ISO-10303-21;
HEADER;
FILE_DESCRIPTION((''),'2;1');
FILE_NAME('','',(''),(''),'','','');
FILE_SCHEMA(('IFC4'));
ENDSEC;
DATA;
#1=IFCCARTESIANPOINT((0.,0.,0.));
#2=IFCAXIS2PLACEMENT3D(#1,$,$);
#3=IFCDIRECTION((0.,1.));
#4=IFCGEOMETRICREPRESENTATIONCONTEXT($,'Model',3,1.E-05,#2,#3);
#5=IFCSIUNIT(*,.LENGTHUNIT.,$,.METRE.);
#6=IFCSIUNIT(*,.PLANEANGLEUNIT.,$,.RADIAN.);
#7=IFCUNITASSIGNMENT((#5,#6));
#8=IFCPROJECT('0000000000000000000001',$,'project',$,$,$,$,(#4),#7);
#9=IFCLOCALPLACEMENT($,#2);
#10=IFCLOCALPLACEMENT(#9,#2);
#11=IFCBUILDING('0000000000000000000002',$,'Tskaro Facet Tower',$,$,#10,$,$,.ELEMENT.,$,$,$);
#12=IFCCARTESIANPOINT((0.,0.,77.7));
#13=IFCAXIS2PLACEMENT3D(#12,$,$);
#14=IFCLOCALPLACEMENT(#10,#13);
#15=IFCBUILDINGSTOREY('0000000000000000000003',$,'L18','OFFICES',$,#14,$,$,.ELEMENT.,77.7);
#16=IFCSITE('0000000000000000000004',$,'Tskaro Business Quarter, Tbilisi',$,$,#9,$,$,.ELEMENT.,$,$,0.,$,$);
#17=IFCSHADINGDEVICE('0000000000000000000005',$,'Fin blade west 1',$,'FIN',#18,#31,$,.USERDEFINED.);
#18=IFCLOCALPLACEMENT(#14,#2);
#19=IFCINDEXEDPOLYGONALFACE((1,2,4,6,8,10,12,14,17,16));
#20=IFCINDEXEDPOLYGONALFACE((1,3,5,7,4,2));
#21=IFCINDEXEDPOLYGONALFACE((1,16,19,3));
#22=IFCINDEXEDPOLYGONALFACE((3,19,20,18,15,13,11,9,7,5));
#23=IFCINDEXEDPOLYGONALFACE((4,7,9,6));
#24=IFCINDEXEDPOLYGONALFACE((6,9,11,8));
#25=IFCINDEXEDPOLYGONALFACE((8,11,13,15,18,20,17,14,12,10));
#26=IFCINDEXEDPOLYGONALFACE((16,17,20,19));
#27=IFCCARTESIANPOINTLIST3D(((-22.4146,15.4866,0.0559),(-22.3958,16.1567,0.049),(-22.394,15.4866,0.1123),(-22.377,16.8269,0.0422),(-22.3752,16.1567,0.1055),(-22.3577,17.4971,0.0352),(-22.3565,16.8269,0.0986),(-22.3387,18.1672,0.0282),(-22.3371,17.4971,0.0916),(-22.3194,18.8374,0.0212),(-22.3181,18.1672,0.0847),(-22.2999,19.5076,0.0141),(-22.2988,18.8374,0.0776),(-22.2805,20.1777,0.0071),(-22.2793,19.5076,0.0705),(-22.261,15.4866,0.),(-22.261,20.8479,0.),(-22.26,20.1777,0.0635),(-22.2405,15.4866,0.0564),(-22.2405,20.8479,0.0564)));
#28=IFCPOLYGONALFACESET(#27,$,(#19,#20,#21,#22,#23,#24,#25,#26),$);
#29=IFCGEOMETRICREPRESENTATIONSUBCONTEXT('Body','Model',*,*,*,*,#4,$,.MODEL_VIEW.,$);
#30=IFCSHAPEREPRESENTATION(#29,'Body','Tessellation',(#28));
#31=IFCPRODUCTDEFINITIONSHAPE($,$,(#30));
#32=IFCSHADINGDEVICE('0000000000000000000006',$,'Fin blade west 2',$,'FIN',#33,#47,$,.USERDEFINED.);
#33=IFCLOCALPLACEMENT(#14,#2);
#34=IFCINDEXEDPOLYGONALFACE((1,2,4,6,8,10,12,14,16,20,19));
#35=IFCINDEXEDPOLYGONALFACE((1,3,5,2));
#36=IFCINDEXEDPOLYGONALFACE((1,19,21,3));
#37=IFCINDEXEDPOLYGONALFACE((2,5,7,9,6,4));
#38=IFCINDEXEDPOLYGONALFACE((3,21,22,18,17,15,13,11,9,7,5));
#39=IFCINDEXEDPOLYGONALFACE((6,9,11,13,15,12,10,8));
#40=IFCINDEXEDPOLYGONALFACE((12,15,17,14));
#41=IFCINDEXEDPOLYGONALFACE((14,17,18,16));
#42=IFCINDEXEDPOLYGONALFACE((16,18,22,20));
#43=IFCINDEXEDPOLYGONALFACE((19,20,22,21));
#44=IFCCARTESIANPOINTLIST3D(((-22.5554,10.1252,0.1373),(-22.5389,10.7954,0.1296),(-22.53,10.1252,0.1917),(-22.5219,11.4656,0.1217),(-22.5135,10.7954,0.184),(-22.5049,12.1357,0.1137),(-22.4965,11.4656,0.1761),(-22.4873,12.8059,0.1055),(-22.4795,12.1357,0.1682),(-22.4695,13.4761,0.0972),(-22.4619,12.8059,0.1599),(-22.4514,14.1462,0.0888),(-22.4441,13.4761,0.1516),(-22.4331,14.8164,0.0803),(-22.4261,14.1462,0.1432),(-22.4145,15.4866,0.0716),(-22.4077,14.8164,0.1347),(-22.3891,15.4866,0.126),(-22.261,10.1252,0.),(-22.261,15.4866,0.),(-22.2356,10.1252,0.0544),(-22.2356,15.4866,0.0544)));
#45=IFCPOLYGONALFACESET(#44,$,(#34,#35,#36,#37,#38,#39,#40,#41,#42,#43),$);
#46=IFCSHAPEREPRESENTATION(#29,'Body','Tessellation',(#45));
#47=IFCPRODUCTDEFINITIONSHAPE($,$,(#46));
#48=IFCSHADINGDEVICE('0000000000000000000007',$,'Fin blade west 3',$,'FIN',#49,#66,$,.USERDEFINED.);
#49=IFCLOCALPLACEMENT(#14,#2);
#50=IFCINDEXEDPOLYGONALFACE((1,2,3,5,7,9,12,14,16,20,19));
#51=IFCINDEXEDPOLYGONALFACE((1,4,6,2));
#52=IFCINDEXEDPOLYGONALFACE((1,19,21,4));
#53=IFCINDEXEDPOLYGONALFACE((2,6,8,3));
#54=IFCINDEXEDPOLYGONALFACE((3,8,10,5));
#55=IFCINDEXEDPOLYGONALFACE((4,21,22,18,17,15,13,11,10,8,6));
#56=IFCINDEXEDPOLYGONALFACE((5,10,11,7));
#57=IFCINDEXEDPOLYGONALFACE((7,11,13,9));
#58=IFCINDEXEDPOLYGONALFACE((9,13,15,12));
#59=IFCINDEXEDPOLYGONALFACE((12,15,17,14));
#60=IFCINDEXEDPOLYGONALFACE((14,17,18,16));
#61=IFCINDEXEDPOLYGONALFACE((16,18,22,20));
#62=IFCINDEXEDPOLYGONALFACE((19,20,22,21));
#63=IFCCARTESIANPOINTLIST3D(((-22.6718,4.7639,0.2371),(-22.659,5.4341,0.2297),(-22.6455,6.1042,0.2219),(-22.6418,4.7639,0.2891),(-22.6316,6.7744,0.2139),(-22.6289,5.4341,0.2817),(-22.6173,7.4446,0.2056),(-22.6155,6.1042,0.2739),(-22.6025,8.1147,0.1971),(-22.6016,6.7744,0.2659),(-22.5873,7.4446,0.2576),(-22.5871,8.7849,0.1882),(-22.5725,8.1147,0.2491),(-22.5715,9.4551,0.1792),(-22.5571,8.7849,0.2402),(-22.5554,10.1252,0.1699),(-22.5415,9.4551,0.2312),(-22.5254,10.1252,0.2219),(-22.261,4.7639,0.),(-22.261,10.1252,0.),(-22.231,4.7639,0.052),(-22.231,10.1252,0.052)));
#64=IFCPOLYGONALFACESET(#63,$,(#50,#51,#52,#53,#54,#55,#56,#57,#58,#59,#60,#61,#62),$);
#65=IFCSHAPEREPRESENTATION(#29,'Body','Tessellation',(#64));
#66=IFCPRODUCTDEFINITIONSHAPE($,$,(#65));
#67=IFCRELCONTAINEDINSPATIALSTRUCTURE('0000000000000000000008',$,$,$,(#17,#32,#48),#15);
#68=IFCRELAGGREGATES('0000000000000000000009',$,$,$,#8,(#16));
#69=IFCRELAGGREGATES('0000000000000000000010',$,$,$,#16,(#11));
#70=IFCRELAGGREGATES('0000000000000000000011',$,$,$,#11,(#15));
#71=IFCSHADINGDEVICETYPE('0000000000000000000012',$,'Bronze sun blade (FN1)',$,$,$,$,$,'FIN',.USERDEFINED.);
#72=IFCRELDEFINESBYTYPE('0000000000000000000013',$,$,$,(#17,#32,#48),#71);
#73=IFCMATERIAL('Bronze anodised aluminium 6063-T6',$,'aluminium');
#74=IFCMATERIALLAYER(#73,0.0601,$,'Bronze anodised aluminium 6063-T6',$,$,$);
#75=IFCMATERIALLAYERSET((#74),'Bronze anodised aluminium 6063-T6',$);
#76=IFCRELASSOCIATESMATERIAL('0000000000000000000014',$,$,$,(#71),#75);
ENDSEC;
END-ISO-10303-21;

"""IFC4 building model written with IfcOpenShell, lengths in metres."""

from ifc_helpers import new_model, si_unit, direction, frame, origin, place, context, subcontext, project, spatial, polyline, outline, extrude, material, layer, layer_set, type_object, element, save


model = new_model("IFC4")

# Units and contexts
model_context = context("Model", 3, precision=1e-05, world=origin(), true_north=direction((0.0, 1.0)))
body_context = subcontext(model_context, "Body", "Model", "MODEL_VIEW")
ifc_project = project(units=[si_unit("LENGTHUNIT", "METRE"), si_unit("PLANEANGLEUNIT", "RADIAN")], contexts=[model_context])

# Site, building, storey
site_placement = place(None, origin())
site = spatial("IfcSite", under=ifc_project, at=site_placement, Name="Tskaro Business Quarter, Tbilisi", CompositionType="ELEMENT", RefElevation=0.0)
building_placement = place(site_placement, origin())
building = spatial("IfcBuilding", under=site, at=building_placement, Name="Tskaro Facet Tower", CompositionType="ELEMENT")
storey_placement = place(building_placement, frame((0.0, 0.0, 77.7)))
storey = spatial("IfcBuildingStorey", under=building, at=storey_placement, Name="L18", Description="OFFICES", CompositionType="ELEMENT", Elevation=77.7)

# Shared definitions
ifc_material_1 = material(Name="Bronze anodised aluminium 6063-T6", Category="aluminium")

# Shading devices
ifc_layer_1 = layer(ifc_material_1, 0.0601, Name="Bronze anodised aluminium 6063-T6")
ifc_layer_set_1 = layer_set([ifc_layer_1], Name="Bronze anodised aluminium 6063-T6")
shading_device_type = type_object("IfcShadingDeviceType", Name="Bronze sun blade (FN1)", ElementType="FIN", PredefinedType="USERDEFINED", material=ifc_layer_set_1)
shading_device_1_placement = place(storey_placement, frame((-22.2405, 20.8479, 0.0564), z_axis=(0.342145, -0.000001, 0.939647), x_axis=(0.0, -1.0, -0.000001)))
element("IfcShadingDevice", 1, at=shading_device_1_placement, inside=storey, type_object=shading_device_type, Name="Fin blade west 1", ObjectType="FIN", PredefinedType="USERDEFINED", context=body_context, shape_type="SweptSolid", body=[
    extrude(outline(polyline([(0.0, 0.0), (5.3613, 0.0), (5.3613, -0.1634), (4.6912, -0.1434), (4.021, -0.1234), (3.3508, -0.1029), (2.6807, -0.0826), (2.0105, -0.0621), (1.3403, -0.0413), (0.6702, -0.0208), (0.0, 0.0)])), origin(), (0.0, 0.0, -1.0), 0.0601),
])
shading_device_2_placement = place(storey_placement, frame((-22.2356, 15.4866, 0.0544), z_axis=(0.42259, -0.000005, 0.906321), x_axis=(-0.000002, -1.0, -0.000004)))
element("IfcShadingDevice", 2, at=shading_device_2_placement, inside=storey, type_object=shading_device_type, Name="Fin blade west 2", ObjectType="FIN", PredefinedType="USERDEFINED", context=body_context, shape_type="SweptSolid", body=[
    extrude(outline(polyline([(0.0, 0.0), (5.3613, 0.0), (5.3613, -0.3248), (4.6912, -0.3066), (4.021, -0.2879), (3.3508, -0.2691), (2.6807, -0.2497), (2.0105, -0.23), (1.3403, -0.2101), (0.6702, -0.1899), (0.0, -0.1694), (0.0, 0.0)])), origin(), (0.0, 0.0, -1.0), 0.0601),
])
shading_device_3_placement = place(storey_placement, frame((-22.231, 10.1252, 0.052), z_axis=(0.499882, -0.000007, 0.866093), x_axis=(-0.000004, -1.0, -0.000006)))
element("IfcShadingDevice", 3, at=shading_device_3_placement, inside=storey, type_object=shading_device_type, Name="Fin blade west 3", ObjectType="FIN", PredefinedType="USERDEFINED", context=body_context, shape_type="SweptSolid", body=[
    extrude(outline(polyline([(0.0, 0.0), (5.3613, 0.0), (5.3613, -0.4744), (4.6912, -0.4595), (4.021, -0.444), (3.3508, -0.4279), (2.6807, -0.4114), (2.0105, -0.3943), (1.3403, -0.3766), (0.6702, -0.3585), (0.0, -0.3399), (0.0, 0.0)])), origin(), (0.0, 0.0, -1.0), 0.0601),
])

save(model, "model.ifc")
